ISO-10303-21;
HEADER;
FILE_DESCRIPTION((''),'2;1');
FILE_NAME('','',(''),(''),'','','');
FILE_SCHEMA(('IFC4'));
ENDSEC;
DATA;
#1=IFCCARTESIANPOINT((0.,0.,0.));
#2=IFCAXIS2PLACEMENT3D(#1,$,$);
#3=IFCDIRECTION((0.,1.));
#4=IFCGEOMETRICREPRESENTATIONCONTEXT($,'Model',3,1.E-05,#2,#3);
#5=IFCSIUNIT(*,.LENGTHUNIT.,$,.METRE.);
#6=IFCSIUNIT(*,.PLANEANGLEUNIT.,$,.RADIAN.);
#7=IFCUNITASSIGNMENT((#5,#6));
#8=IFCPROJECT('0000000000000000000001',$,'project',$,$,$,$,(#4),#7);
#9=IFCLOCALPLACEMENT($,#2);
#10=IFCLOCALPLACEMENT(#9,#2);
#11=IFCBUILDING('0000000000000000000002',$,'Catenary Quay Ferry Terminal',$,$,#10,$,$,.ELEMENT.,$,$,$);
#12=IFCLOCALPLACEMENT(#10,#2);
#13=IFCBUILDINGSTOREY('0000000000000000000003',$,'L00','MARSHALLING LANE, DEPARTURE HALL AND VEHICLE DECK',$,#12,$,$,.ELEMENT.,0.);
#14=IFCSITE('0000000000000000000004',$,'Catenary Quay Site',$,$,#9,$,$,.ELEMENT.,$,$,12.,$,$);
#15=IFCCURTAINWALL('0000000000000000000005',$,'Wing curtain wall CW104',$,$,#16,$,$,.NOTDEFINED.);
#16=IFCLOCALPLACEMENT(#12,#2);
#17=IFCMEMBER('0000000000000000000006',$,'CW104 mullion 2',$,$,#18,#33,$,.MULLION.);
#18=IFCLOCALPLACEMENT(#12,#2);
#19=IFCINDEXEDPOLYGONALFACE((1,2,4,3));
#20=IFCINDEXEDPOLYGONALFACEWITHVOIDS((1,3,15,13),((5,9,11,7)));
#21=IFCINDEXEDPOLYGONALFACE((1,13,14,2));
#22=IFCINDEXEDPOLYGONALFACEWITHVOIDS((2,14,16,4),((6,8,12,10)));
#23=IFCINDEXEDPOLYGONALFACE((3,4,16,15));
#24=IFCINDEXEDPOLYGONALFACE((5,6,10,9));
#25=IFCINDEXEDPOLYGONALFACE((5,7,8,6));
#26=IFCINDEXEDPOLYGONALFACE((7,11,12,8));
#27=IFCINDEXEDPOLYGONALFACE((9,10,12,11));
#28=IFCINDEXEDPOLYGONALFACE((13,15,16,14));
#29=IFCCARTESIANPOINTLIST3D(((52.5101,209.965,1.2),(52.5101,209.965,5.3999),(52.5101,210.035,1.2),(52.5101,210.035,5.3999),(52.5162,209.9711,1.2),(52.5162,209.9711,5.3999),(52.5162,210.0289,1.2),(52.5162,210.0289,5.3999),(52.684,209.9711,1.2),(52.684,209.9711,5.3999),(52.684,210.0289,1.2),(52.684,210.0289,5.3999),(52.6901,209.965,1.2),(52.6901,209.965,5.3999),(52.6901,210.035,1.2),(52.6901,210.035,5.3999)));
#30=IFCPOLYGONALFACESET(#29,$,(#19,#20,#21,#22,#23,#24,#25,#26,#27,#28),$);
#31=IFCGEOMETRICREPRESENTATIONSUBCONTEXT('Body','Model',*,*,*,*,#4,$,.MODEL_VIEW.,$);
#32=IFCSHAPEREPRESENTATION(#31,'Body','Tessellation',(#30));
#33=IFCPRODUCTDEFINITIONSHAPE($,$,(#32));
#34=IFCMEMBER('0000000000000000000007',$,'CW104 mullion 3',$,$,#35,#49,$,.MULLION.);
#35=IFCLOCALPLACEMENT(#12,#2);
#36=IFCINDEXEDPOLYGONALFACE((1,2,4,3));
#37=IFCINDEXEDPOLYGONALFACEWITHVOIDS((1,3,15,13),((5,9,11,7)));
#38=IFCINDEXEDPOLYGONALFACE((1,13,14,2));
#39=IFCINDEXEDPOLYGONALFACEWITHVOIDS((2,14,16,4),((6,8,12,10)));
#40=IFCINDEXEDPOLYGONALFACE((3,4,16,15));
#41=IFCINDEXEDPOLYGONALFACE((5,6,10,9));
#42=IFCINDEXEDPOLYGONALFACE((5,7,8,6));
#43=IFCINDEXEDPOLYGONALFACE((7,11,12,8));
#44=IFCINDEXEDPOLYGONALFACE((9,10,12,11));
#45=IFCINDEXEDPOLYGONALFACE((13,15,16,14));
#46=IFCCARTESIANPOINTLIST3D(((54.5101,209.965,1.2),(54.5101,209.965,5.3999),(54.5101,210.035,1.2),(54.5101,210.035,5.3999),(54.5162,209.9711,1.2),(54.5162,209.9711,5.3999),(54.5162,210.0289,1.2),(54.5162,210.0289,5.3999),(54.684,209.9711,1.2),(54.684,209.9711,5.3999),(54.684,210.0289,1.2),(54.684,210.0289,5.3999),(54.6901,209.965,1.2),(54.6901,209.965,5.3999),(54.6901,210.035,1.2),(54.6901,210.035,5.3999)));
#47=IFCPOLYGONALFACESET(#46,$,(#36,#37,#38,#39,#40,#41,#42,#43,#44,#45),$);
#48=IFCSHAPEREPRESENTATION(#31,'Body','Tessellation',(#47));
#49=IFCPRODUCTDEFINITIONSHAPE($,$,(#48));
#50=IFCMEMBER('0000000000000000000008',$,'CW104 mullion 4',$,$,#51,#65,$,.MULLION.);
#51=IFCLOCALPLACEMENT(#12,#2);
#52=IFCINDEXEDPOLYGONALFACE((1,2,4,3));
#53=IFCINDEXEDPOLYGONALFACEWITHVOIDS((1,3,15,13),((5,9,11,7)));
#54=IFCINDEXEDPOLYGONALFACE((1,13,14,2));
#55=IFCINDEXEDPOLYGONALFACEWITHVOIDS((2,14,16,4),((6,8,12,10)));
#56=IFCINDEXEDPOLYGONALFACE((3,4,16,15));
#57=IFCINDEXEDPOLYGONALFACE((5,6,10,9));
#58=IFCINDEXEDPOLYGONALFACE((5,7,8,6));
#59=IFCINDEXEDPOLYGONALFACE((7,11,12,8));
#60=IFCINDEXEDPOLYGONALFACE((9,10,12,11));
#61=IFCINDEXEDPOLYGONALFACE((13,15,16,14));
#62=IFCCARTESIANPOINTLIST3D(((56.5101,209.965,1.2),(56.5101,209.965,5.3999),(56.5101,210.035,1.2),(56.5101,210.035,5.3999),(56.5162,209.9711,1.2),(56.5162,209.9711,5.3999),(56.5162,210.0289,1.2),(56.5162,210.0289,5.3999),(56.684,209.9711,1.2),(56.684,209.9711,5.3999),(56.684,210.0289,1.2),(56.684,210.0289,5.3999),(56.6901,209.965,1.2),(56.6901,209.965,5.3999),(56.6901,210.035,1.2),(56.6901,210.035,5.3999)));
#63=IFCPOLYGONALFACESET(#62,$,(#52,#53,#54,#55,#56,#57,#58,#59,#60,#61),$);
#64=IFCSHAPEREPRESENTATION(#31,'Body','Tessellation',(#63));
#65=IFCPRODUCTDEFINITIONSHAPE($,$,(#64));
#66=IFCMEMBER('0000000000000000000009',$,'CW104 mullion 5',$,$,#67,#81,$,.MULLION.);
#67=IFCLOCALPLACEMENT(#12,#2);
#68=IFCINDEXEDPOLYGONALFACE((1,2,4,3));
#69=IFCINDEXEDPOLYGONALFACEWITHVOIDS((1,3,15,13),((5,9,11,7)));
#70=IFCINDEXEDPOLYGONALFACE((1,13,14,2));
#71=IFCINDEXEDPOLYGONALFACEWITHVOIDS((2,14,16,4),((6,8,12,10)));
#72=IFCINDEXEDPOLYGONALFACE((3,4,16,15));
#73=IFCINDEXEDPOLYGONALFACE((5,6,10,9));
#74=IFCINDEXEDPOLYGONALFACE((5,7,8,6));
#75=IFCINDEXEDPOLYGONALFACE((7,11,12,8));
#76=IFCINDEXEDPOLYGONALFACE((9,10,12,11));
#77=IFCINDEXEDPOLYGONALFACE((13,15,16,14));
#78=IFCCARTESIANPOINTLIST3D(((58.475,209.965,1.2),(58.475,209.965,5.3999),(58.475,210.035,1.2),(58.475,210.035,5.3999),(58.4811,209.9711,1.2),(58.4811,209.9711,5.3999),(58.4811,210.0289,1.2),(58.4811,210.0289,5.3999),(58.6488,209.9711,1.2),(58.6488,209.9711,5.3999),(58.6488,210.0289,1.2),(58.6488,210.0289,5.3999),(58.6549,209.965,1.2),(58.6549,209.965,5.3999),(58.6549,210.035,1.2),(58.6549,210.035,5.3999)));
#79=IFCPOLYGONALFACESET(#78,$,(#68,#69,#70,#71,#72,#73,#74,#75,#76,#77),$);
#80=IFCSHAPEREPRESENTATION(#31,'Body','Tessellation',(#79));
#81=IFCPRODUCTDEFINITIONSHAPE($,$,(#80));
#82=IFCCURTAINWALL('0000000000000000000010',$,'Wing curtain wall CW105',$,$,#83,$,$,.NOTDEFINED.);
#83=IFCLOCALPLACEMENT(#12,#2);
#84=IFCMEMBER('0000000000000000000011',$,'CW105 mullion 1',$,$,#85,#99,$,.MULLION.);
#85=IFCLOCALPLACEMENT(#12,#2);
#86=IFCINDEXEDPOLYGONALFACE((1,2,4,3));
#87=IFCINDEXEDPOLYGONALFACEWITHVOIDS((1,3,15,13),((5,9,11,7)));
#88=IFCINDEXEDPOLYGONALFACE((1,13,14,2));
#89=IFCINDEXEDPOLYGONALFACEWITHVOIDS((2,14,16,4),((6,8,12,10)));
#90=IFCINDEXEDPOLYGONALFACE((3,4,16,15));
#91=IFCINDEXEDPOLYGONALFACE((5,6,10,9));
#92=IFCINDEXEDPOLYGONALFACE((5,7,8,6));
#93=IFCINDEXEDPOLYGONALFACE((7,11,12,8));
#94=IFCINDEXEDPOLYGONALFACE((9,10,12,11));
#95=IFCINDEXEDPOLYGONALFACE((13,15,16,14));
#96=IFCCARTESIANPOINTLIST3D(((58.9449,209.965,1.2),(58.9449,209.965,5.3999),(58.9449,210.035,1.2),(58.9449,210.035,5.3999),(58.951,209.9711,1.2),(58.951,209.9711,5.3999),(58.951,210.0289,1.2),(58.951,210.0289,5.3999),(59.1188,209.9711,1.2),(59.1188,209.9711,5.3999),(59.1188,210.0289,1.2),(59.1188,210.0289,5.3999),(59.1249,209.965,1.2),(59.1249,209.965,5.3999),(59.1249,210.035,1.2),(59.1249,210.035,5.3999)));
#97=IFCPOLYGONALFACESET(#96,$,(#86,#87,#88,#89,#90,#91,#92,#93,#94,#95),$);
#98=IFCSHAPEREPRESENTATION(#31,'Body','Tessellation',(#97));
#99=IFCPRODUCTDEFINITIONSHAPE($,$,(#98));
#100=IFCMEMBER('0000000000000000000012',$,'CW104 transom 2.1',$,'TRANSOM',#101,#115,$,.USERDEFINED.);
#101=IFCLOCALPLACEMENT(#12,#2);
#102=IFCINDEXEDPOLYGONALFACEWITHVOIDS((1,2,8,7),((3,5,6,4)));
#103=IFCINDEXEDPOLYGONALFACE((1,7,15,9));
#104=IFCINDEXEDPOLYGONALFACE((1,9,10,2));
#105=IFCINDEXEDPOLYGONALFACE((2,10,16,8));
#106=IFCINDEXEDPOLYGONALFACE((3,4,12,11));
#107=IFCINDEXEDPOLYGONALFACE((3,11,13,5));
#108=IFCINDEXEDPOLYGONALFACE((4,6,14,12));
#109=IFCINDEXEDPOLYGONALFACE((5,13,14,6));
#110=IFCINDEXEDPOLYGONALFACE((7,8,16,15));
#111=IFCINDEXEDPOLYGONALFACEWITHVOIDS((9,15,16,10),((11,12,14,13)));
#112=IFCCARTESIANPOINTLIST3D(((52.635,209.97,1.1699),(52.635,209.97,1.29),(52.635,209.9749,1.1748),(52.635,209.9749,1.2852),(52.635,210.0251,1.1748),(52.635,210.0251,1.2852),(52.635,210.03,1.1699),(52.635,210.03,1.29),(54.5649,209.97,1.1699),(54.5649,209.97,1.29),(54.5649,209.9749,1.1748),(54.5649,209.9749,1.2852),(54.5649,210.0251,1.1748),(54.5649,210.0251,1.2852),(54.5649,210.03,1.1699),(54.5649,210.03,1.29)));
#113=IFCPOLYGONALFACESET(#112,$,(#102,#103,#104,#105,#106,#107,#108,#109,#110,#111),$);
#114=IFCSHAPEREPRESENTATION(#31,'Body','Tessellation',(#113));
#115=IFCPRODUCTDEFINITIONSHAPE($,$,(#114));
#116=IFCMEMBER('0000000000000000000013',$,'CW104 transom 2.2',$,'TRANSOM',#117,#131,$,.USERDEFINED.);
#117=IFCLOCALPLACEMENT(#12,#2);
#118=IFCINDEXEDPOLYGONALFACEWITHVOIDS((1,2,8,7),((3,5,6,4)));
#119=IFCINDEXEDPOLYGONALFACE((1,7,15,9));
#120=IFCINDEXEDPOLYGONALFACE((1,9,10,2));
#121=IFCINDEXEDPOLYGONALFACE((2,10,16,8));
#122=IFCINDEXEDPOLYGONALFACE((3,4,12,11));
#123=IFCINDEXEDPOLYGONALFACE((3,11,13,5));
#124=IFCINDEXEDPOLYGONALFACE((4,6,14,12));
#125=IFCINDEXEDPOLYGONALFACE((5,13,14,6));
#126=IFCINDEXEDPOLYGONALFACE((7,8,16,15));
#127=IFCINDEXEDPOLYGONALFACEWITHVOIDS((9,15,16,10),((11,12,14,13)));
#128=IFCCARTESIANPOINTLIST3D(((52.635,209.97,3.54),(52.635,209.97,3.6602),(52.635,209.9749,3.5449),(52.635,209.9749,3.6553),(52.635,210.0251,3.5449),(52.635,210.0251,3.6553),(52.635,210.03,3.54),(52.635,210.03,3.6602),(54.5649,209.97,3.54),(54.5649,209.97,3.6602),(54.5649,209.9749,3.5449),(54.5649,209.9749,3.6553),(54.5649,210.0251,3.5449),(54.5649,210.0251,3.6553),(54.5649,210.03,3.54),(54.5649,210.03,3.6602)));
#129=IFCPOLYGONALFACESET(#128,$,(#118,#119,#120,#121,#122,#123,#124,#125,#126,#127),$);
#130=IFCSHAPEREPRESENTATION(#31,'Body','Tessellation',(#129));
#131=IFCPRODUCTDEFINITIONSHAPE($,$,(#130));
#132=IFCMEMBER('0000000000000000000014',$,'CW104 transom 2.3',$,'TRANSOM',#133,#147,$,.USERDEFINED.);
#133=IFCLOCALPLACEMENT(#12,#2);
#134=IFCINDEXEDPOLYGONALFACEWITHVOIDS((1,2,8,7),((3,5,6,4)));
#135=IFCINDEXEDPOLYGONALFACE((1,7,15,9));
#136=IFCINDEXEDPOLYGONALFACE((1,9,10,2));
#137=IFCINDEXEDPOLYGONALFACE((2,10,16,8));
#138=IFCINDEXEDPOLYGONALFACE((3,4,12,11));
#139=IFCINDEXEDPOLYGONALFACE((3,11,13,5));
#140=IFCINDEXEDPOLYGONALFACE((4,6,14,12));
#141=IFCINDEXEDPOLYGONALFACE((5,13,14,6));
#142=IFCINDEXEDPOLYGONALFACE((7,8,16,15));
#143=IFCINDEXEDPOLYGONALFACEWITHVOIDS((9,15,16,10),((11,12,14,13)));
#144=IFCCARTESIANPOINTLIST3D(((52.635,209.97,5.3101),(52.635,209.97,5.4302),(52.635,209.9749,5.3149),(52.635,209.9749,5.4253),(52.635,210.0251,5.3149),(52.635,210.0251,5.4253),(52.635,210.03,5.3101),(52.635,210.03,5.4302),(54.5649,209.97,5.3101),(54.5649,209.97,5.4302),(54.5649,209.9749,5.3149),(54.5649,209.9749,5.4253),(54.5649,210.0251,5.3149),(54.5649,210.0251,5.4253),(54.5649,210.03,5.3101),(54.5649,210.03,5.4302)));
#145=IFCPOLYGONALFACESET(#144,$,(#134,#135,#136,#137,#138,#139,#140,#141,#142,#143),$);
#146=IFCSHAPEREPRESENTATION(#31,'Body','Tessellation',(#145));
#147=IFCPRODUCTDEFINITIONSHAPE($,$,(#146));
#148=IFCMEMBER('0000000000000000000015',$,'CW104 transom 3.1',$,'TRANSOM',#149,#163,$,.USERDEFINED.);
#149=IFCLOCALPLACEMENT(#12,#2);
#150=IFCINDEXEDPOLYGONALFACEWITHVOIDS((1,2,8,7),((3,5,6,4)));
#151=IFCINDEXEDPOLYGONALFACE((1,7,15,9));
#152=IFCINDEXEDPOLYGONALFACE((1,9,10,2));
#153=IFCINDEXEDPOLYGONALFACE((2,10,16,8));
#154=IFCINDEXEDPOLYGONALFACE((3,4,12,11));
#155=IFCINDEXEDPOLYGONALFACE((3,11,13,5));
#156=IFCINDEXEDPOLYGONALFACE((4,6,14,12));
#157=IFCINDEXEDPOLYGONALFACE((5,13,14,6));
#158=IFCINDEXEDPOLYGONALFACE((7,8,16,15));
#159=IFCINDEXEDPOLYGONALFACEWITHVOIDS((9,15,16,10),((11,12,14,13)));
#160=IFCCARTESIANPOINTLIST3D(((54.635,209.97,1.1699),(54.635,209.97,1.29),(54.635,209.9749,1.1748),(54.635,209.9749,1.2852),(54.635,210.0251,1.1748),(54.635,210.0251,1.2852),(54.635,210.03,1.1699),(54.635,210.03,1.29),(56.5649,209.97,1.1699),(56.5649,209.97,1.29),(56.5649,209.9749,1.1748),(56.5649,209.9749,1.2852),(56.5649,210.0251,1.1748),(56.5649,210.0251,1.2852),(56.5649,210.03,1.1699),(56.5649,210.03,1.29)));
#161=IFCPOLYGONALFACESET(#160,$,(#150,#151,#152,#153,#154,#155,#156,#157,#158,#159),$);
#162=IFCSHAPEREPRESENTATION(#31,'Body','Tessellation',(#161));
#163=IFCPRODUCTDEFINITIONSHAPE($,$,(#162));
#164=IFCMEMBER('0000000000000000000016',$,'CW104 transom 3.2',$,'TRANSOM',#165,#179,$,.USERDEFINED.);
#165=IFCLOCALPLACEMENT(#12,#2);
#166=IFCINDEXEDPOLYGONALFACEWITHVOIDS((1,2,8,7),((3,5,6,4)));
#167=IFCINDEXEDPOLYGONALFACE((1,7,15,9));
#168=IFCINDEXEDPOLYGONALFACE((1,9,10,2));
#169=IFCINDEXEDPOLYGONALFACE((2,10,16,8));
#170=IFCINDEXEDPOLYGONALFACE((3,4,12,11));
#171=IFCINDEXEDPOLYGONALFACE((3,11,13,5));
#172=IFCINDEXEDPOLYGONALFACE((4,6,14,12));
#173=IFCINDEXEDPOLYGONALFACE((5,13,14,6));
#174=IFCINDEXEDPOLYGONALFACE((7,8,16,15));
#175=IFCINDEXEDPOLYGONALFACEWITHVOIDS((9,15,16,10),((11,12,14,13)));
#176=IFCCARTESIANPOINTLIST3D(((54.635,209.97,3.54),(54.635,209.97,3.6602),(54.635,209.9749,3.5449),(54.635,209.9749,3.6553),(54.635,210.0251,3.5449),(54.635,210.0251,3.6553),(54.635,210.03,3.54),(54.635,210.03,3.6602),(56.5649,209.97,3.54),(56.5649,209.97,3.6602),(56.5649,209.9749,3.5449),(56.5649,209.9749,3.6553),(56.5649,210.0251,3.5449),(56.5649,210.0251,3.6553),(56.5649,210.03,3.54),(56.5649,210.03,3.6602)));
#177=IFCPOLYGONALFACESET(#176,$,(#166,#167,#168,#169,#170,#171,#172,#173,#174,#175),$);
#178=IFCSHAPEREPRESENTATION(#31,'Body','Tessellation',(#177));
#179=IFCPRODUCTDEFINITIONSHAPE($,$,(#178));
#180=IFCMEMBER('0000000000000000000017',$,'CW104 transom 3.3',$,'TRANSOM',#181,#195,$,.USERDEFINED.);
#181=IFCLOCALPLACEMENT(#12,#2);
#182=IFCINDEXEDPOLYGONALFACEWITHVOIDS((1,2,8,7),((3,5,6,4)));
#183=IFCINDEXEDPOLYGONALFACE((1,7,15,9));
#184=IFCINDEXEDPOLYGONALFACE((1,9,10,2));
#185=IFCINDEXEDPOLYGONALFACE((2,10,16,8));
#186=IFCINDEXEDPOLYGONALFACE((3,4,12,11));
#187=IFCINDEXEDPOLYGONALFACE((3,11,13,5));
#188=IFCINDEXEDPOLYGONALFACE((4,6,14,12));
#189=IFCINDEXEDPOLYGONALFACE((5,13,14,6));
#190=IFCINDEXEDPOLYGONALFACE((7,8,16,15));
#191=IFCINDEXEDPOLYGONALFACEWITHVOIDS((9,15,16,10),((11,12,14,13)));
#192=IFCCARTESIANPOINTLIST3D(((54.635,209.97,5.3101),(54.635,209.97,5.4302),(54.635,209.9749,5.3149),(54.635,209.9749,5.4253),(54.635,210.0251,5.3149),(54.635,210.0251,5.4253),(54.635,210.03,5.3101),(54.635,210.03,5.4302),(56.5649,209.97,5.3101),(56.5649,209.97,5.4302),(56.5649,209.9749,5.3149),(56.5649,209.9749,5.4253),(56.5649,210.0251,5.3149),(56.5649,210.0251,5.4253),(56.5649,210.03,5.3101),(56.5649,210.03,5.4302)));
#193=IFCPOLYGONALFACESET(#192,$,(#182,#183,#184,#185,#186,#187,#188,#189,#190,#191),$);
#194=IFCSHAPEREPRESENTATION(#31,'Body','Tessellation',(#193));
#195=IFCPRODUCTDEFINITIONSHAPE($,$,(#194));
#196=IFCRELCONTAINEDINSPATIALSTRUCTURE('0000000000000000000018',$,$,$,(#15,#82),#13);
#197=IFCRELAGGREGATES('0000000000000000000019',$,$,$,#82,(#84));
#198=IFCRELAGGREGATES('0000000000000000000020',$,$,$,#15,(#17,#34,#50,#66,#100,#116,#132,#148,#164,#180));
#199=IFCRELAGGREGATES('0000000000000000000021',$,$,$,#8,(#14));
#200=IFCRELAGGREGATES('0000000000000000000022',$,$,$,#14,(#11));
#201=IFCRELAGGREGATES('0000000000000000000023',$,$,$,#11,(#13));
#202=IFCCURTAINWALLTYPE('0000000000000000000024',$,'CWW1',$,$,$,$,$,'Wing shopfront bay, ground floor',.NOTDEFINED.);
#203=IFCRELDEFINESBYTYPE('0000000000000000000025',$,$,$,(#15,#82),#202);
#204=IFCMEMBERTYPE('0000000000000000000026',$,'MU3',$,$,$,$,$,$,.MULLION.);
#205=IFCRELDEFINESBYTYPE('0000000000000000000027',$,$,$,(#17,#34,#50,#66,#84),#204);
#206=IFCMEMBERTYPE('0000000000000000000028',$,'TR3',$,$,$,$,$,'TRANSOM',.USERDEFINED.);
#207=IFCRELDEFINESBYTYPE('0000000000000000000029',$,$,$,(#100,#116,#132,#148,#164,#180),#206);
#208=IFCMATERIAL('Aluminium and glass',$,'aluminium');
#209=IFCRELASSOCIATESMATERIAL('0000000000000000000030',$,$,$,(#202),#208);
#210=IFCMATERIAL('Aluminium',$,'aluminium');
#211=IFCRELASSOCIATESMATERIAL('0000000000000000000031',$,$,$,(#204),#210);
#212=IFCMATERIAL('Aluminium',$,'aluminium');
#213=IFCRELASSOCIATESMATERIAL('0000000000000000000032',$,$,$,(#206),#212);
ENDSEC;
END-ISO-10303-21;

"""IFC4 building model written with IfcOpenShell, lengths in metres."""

from ifc_helpers import new_model, si_unit, direction, frame, origin, origin_2d, place, context, subcontext, project, spatial, hollow_rectangle, extrude, material, material_profile, profile_set, type_object, element, aggregate, save


model = new_model("IFC4")

# Units and contexts
model_context = context("Model", 3, precision=1e-05, world=origin(), true_north=direction((0.0, 1.0)))
body_context = subcontext(model_context, "Body", "Model", "MODEL_VIEW")
ifc_project = project(units=[si_unit("LENGTHUNIT", "METRE"), si_unit("PLANEANGLEUNIT", "RADIAN")], contexts=[model_context])

# Site, building, storey
site_placement = place(None, origin())
site = spatial("IfcSite", under=ifc_project, at=site_placement, Name="Catenary Quay Site", CompositionType="ELEMENT", RefElevation=12.0)
building_placement = place(site_placement, origin())
building = spatial("IfcBuilding", under=site, at=building_placement, Name="Catenary Quay Ferry Terminal", CompositionType="ELEMENT")
storey_placement = place(building_placement, origin())
storey = spatial("IfcBuildingStorey", under=building, at=storey_placement, Name="L00", Description="MARSHALLING LANE, DEPARTURE HALL AND VEHICLE DECK", CompositionType="ELEMENT", Elevation=0.0)

# Curtain wall, members
ifc_material_1 = material(Name="Aluminium and glass", Category="aluminium")
curtain_wall_type = type_object("IfcCurtainWallType", Name="CWW1", ElementType="Wing shopfront bay, ground floor", PredefinedType="NOTDEFINED", material=ifc_material_1)
curtain_wall_1_placement = place(storey_placement, origin())
curtain_wall_1 = element("IfcCurtainWall", 1, at=curtain_wall_1_placement, inside=storey, type_object=curtain_wall_type, Name="Wing curtain wall CW104", PredefinedType="NOTDEFINED")
ifc_material_2 = material(Name="Aluminium", Category="aluminium")
ifc_material_profile_1 = material_profile(ifc_material_2, hollow_rectangle(XDim=0.0701, YDim=0.1799, WallThickness=0.0061, at=origin_2d()), Name="MU3")
ifc_profile_set_1 = profile_set([ifc_material_profile_1], Name="Aluminium")
member_type_1 = type_object("IfcMemberType", Name="MU3", PredefinedType="MULLION", material=ifc_profile_set_1)
member_1_placement = place(storey_placement, frame((52.6001, 210.0, 1.2), z_axis=(0.0, 0.0, 1.0), x_axis=(0.0, 1.0, 0.0)))
member_1 = element("IfcMember", 2, at=member_1_placement, type_object=member_type_1, Name="CW104 mullion 2", PredefinedType="MULLION", context=body_context, shape_type="SweptSolid", body=[
    extrude(hollow_rectangle(XDim=0.0701, YDim=0.1799, WallThickness=0.0061, at=origin_2d()), origin(), (0.0, 0.0, 1.0), 4.2),
])
member_2_placement = place(storey_placement, frame((54.6001, 210.0, 1.2), z_axis=(0.0, 0.0, 1.0), x_axis=(0.0, 1.0, 0.0)))
member_2 = element("IfcMember", 3, at=member_2_placement, type_object=member_type_1, Name="CW104 mullion 3", PredefinedType="MULLION", context=body_context, shape_type="SweptSolid", body=[
    extrude(hollow_rectangle(XDim=0.0701, YDim=0.1799, WallThickness=0.0061, at=origin_2d()), origin(), (0.0, 0.0, 1.0), 4.2),
])
member_3_placement = place(storey_placement, frame((56.6001, 210.0, 1.2), z_axis=(0.0, 0.0, 1.0), x_axis=(0.0, 1.0, 0.0)))
member_3 = element("IfcMember", 4, at=member_3_placement, type_object=member_type_1, Name="CW104 mullion 4", PredefinedType="MULLION", context=body_context, shape_type="SweptSolid", body=[
    extrude(hollow_rectangle(XDim=0.0701, YDim=0.1799, WallThickness=0.0061, at=origin_2d()), origin(), (0.0, 0.0, 1.0), 4.2),
])
member_4_placement = place(storey_placement, frame((58.5649, 210.0, 1.2), z_axis=(0.0, 0.0, 1.0), x_axis=(0.0, 1.0, 0.0)))
member_4 = element("IfcMember", 5, at=member_4_placement, type_object=member_type_1, Name="CW104 mullion 5", PredefinedType="MULLION", context=body_context, shape_type="SweptSolid", body=[
    extrude(hollow_rectangle(XDim=0.0701, YDim=0.1799, WallThickness=0.0061, at=origin_2d()), origin(), (0.0, 0.0, 1.0), 4.2),
])

# Curtain wall, member
curtain_wall_2_placement = place(storey_placement, origin())
curtain_wall_2 = element("IfcCurtainWall", 6, at=curtain_wall_2_placement, inside=storey, type_object=curtain_wall_type, Name="Wing curtain wall CW105", PredefinedType="NOTDEFINED")
member_5_placement = place(storey_placement, frame((59.0349, 210.0, 1.2), z_axis=(0.0, 0.0, 1.0), x_axis=(0.0, 1.0, 0.0)))
member_5 = element("IfcMember", 7, at=member_5_placement, type_object=member_type_1, Name="CW105 mullion 1", PredefinedType="MULLION", context=body_context, shape_type="SweptSolid", body=[
    extrude(hollow_rectangle(XDim=0.0701, YDim=0.1799, WallThickness=0.0061, at=origin_2d()), origin(), (0.0, 0.0, 1.0), 4.2),
])
aggregate(curtain_wall_2, [member_5])

# Members
ifc_material_3 = material(Name="Aluminium", Category="aluminium")
ifc_material_profile_2 = material_profile(ifc_material_3, hollow_rectangle(XDim=0.0601, YDim=0.1201, WallThickness=0.0049, at=origin_2d()), Name="TR3")
ifc_profile_set_2 = profile_set([ifc_material_profile_2], Name="Aluminium")
member_type_2 = type_object("IfcMemberType", Name="TR3", ElementType="TRANSOM", PredefinedType="USERDEFINED", material=ifc_profile_set_2)
member_6_placement = place(storey_placement, frame((52.635, 210.0, 1.23), z_axis=(1.0, 0.0, 0.0), x_axis=(0.0, 1.0, 0.0)))
member_6 = element("IfcMember", 8, at=member_6_placement, type_object=member_type_2, Name="CW104 transom 2.1", ObjectType="TRANSOM", PredefinedType="USERDEFINED", context=body_context, shape_type="SweptSolid", body=[
    extrude(hollow_rectangle(XDim=0.0601, YDim=0.1201, WallThickness=0.0049, at=origin_2d()), origin(), (0.0, 0.0, 1.0), 1.9299),
])
member_7_placement = place(storey_placement, frame((52.635, 210.0, 3.6001), z_axis=(1.0, 0.0, 0.0), x_axis=(0.0, 1.0, 0.0)))
member_7 = element("IfcMember", 9, at=member_7_placement, type_object=member_type_2, Name="CW104 transom 2.2", ObjectType="TRANSOM", PredefinedType="USERDEFINED", context=body_context, shape_type="SweptSolid", body=[
    extrude(hollow_rectangle(XDim=0.0601, YDim=0.1201, WallThickness=0.0049, at=origin_2d()), origin(), (0.0, 0.0, 1.0), 1.9299),
])
member_8_placement = place(storey_placement, frame((52.635, 210.0, 5.3701), z_axis=(1.0, 0.0, 0.0), x_axis=(0.0, 1.0, 0.0)))
member_8 = element("IfcMember", 10, at=member_8_placement, type_object=member_type_2, Name="CW104 transom 2.3", ObjectType="TRANSOM", PredefinedType="USERDEFINED", context=body_context, shape_type="SweptSolid", body=[
    extrude(hollow_rectangle(XDim=0.0601, YDim=0.1201, WallThickness=0.0049, at=origin_2d()), origin(), (0.0, 0.0, 1.0), 1.9299),
])
member_9_placement = place(storey_placement, frame((54.635, 210.0, 1.23), z_axis=(1.0, 0.0, 0.0), x_axis=(0.0, 1.0, 0.0)))
member_9 = element("IfcMember", 11, at=member_9_placement, type_object=member_type_2, Name="CW104 transom 3.1", ObjectType="TRANSOM", PredefinedType="USERDEFINED", context=body_context, shape_type="SweptSolid", body=[
    extrude(hollow_rectangle(XDim=0.0601, YDim=0.1201, WallThickness=0.0049, at=origin_2d()), origin(), (0.0, 0.0, 1.0), 1.9299),
])
member_10_placement = place(storey_placement, frame((54.635, 210.0, 3.6001), z_axis=(1.0, 0.0, 0.0), x_axis=(0.0, 1.0, 0.0)))
member_10 = element("IfcMember", 12, at=member_10_placement, type_object=member_type_2, Name="CW104 transom 3.2", ObjectType="TRANSOM", PredefinedType="USERDEFINED", context=body_context, shape_type="SweptSolid", body=[
    extrude(hollow_rectangle(XDim=0.0601, YDim=0.1201, WallThickness=0.0049, at=origin_2d()), origin(), (0.0, 0.0, 1.0), 1.9299),
])
member_11_placement = place(storey_placement, frame((54.635, 210.0, 5.3701), z_axis=(1.0, 0.0, 0.0), x_axis=(0.0, 1.0, 0.0)))
member_11 = element("IfcMember", 13, at=member_11_placement, type_object=member_type_2, Name="CW104 transom 3.3", ObjectType="TRANSOM", PredefinedType="USERDEFINED", context=body_context, shape_type="SweptSolid", body=[
    extrude(hollow_rectangle(XDim=0.0601, YDim=0.1201, WallThickness=0.0049, at=origin_2d()), origin(), (0.0, 0.0, 1.0), 1.9299),
])

aggregate(curtain_wall_1, [member_1, member_2, member_3, member_4, member_6, member_7, member_8, member_9, member_10, member_11])

save(model, "model.ifc")
